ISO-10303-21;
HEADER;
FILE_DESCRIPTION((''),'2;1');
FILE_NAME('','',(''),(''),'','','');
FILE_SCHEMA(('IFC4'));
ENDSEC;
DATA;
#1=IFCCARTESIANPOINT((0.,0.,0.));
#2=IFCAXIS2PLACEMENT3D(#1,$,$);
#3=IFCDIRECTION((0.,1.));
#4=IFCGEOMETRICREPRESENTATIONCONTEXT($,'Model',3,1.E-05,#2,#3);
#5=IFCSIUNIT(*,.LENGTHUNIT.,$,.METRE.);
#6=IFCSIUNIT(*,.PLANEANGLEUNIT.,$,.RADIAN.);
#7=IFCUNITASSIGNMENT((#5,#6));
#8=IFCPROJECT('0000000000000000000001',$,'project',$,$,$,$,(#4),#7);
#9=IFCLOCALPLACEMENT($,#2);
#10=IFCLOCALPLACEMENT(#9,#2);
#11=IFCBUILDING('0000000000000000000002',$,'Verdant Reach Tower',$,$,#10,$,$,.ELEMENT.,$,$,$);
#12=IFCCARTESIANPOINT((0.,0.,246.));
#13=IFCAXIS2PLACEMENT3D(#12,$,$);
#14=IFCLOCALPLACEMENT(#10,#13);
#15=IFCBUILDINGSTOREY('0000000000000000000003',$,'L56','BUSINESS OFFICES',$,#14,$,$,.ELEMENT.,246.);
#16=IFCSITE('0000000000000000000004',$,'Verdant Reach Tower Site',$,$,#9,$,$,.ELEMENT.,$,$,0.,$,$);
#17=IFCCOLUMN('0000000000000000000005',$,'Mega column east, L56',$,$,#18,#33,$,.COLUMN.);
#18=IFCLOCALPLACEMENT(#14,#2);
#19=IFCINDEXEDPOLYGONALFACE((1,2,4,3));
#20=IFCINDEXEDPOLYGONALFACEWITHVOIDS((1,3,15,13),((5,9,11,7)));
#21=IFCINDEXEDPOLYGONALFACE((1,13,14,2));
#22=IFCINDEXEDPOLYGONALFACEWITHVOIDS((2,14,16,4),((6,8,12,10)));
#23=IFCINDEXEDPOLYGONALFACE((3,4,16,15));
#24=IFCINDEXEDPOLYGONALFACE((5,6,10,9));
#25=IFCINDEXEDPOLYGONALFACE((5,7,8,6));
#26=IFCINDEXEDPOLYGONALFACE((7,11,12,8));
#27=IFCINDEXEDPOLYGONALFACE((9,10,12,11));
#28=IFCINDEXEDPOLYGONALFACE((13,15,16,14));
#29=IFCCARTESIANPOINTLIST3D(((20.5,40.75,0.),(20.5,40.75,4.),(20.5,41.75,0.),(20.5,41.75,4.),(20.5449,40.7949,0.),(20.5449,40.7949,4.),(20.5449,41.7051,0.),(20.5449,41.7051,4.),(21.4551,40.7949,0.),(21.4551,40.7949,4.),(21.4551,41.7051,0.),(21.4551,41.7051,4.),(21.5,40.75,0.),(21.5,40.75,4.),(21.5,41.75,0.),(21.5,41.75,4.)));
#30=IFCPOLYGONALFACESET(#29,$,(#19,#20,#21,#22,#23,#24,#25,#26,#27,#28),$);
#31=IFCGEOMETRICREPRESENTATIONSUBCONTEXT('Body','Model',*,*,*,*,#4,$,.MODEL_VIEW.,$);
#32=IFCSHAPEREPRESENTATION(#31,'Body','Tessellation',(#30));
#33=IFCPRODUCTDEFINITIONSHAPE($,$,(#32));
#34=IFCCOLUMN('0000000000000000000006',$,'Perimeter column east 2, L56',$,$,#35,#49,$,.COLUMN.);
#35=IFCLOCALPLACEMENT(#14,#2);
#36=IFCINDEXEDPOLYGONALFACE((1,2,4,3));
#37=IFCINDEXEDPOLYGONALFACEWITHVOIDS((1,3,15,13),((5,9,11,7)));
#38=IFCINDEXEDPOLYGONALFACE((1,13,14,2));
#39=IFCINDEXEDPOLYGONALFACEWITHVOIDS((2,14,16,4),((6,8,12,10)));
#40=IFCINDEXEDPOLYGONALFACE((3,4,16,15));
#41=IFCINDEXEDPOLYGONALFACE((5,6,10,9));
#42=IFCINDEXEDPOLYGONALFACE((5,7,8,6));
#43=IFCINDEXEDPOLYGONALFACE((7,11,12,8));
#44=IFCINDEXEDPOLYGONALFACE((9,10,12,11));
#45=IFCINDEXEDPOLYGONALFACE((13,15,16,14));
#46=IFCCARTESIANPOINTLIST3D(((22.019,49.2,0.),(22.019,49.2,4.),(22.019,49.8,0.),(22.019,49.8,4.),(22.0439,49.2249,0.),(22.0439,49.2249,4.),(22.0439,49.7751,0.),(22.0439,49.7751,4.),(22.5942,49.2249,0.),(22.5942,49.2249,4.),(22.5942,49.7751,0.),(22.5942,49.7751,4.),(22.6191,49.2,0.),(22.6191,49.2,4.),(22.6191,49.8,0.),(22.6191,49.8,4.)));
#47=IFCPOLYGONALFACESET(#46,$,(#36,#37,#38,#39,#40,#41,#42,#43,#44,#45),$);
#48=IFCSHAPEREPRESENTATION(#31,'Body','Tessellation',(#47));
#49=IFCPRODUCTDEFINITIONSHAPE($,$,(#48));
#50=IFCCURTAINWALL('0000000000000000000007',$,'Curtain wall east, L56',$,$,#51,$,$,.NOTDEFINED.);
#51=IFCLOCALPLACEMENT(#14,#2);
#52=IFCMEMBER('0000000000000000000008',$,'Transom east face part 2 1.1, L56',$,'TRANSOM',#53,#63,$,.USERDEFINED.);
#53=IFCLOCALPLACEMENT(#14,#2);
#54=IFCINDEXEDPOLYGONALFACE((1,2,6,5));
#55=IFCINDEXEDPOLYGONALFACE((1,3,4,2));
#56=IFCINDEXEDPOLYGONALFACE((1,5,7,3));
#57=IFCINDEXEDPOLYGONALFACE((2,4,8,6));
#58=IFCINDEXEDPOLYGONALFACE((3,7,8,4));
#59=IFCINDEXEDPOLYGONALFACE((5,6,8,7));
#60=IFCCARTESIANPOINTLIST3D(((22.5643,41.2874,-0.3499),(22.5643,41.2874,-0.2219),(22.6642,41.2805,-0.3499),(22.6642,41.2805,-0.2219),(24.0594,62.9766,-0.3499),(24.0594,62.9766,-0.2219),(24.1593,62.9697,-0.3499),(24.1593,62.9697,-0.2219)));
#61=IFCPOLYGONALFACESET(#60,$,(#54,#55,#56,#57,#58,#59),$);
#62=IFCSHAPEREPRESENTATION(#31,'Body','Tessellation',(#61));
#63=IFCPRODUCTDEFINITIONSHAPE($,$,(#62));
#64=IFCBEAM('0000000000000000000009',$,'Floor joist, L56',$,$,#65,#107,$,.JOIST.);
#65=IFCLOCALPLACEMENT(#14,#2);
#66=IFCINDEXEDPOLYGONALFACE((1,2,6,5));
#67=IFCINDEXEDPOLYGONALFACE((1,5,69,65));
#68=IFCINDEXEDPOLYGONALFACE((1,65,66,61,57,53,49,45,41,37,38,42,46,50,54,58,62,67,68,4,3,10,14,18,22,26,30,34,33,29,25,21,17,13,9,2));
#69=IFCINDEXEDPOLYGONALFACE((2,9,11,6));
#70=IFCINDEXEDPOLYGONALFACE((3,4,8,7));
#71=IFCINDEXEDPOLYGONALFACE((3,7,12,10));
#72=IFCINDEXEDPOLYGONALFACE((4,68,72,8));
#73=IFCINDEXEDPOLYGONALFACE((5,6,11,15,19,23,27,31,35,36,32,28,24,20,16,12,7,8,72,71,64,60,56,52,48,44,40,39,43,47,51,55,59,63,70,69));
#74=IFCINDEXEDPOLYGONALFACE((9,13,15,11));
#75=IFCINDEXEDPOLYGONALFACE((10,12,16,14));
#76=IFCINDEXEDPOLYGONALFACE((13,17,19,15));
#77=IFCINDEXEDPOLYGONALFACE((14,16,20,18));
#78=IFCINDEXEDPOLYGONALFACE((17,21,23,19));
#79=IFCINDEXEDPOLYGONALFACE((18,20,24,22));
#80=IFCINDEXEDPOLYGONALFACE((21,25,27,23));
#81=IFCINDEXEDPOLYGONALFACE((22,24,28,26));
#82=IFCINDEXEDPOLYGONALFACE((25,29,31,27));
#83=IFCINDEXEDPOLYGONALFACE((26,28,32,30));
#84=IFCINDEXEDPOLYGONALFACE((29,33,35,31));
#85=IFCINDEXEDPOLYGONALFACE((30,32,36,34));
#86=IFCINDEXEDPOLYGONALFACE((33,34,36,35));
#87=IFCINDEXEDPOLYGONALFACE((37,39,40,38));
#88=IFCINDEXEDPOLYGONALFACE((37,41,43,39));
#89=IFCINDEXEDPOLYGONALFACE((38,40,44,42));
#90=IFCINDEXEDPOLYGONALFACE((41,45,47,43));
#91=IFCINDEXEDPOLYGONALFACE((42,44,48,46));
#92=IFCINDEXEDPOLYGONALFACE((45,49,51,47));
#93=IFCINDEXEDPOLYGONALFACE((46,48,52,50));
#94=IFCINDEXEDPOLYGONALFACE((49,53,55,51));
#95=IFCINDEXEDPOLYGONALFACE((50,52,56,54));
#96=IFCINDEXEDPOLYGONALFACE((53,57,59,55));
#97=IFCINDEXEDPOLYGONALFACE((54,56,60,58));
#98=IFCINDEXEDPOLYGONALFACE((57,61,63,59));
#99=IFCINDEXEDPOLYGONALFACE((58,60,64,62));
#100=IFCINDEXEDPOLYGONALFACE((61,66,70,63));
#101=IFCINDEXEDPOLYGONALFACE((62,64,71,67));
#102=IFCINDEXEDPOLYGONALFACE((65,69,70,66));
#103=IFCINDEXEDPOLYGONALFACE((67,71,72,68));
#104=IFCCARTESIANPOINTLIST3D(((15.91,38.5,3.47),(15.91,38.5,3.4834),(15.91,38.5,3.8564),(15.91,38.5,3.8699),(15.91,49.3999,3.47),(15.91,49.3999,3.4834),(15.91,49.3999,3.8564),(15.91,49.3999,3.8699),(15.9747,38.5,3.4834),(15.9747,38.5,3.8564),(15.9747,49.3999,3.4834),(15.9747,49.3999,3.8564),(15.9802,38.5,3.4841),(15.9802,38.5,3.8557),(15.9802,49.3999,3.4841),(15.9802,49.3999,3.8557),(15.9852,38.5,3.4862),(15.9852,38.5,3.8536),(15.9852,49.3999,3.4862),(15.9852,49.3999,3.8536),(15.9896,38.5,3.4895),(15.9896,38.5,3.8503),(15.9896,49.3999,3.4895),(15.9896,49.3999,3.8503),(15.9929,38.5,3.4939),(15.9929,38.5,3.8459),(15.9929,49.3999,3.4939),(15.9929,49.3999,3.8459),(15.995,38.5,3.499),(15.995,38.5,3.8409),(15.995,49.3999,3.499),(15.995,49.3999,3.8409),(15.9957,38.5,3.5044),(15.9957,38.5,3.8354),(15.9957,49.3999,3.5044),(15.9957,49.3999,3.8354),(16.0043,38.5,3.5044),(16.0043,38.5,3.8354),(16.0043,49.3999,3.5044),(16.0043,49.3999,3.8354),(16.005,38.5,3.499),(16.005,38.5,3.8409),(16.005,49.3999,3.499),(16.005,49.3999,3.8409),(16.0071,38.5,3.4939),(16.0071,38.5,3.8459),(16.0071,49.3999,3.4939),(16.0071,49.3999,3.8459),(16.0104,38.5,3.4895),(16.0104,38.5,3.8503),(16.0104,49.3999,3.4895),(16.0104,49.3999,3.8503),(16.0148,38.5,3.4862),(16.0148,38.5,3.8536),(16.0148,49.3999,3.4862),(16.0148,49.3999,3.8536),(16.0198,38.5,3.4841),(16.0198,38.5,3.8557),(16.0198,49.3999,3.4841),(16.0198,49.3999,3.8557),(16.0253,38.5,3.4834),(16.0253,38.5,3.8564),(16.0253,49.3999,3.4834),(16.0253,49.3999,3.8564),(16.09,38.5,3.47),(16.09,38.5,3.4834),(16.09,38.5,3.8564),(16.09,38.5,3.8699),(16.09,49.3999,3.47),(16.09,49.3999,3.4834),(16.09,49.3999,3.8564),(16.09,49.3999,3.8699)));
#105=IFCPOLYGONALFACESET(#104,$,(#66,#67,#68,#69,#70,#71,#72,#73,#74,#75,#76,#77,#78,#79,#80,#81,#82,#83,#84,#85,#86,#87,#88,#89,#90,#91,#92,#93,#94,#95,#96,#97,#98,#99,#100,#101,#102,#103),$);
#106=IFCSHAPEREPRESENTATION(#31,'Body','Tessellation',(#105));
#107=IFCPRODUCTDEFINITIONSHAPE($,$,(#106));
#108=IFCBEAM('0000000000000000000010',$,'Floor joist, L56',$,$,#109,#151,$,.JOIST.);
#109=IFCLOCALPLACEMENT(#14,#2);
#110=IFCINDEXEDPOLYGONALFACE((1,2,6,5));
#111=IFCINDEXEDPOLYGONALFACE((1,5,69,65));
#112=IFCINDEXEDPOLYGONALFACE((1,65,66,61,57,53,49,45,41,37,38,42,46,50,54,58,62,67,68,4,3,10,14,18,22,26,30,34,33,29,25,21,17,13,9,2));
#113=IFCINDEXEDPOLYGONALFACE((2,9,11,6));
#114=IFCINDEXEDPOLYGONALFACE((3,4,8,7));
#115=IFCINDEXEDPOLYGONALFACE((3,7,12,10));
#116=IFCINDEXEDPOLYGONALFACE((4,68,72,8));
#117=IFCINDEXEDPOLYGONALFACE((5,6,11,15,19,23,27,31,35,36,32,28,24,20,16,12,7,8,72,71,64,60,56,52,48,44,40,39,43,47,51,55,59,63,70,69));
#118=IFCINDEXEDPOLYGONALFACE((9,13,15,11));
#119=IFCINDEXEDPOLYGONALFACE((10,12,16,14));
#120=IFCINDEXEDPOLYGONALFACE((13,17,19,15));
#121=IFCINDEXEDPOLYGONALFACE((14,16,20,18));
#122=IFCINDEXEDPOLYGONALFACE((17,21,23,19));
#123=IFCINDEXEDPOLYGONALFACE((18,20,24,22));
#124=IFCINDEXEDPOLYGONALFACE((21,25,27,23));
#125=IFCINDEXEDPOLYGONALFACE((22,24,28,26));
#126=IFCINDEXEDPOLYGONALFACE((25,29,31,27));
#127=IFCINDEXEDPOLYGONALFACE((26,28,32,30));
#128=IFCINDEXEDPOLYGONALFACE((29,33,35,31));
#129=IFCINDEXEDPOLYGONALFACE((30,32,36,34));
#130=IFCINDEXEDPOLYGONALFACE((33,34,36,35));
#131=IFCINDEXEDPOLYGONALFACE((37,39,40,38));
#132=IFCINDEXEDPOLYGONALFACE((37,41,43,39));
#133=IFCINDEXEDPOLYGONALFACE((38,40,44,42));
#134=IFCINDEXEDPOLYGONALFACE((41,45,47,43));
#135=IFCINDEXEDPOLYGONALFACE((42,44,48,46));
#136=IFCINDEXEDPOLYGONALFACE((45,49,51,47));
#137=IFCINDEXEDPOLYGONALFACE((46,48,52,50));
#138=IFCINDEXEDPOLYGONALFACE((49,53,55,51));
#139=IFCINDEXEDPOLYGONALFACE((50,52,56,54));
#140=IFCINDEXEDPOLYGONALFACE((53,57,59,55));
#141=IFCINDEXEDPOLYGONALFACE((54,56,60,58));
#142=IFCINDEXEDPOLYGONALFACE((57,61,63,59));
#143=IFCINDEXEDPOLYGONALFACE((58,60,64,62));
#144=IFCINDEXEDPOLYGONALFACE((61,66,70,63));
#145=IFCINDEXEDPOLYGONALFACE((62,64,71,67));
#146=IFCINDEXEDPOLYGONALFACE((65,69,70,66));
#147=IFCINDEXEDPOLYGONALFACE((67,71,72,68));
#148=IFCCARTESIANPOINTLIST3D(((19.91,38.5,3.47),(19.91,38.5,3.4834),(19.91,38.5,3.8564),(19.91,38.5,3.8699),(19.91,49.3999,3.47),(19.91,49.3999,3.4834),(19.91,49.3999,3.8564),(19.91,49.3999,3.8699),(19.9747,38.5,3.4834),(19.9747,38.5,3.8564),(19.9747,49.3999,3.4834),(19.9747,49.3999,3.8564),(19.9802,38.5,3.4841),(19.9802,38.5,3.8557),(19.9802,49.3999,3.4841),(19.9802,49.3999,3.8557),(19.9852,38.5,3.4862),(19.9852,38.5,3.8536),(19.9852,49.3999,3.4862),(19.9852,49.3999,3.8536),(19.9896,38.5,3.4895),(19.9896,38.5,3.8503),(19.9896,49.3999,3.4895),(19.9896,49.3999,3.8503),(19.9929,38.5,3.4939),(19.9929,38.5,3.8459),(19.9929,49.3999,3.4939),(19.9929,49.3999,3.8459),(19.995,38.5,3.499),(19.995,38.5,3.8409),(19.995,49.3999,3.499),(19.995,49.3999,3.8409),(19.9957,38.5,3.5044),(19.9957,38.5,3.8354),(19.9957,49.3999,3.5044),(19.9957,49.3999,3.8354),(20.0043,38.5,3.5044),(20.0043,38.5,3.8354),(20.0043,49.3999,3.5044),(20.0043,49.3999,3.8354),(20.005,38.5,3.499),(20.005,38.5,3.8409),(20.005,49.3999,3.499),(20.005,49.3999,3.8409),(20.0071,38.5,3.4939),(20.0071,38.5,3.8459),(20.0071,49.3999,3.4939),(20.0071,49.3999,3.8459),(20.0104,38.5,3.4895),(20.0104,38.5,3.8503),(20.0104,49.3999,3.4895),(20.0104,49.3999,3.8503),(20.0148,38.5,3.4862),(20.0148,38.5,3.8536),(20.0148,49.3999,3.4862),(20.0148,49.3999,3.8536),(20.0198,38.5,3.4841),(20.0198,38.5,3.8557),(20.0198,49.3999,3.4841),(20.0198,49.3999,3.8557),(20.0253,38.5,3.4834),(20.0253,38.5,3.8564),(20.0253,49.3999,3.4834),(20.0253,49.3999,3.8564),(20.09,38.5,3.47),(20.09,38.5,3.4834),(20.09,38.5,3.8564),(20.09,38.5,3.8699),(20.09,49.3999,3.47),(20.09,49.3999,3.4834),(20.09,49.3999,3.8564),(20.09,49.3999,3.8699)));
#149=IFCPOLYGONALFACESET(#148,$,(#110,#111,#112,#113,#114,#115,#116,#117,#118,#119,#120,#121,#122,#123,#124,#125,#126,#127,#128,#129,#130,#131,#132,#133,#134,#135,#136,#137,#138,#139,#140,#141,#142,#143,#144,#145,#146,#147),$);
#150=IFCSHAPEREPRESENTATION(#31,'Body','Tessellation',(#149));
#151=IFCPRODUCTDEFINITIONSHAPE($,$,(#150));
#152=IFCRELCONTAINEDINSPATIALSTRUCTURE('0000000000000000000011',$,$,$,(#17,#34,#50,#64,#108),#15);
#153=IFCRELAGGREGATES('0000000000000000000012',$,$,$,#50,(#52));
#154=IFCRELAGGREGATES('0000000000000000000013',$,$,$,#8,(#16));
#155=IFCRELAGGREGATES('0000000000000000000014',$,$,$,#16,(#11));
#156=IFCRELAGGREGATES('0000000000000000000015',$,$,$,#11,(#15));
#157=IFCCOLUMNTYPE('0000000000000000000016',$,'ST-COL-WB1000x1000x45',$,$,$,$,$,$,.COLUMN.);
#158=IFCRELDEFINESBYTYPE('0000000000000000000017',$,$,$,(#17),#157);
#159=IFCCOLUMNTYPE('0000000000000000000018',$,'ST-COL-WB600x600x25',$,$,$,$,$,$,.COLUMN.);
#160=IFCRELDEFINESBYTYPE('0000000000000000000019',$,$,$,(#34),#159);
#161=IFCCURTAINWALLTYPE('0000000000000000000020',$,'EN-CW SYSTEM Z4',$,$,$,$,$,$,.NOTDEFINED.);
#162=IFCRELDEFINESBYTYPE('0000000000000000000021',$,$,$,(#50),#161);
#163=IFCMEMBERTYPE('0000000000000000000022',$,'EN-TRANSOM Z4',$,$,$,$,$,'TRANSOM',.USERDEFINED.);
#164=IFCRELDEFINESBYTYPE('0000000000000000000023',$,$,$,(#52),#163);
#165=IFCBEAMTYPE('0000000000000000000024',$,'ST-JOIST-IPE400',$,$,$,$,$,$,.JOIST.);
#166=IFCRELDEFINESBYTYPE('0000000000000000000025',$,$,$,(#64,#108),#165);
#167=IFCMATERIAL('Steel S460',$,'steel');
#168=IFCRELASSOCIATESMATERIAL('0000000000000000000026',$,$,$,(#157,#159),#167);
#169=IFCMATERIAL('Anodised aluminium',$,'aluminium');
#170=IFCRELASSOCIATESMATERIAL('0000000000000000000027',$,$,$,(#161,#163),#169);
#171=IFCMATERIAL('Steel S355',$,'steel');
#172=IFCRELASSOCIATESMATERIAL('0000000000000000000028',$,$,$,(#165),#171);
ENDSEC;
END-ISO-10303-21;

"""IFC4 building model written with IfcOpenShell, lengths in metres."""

from ifc_helpers import new_model, si_unit, direction, frame, origin, origin_2d, place, context, subcontext, project, spatial, rectangle, hollow_rectangle, i_section, extrude, material, material_profile, profile_set, type_object, element, aggregate, save


model = new_model("IFC4")

# Units and contexts
model_context = context("Model", 3, precision=1e-05, world=origin(), true_north=direction((0.0, 1.0)))
body_context = subcontext(model_context, "Body", "Model", "MODEL_VIEW")
ifc_project = project(units=[si_unit("LENGTHUNIT", "METRE"), si_unit("PLANEANGLEUNIT", "RADIAN")], contexts=[model_context])

# Site, building, storey
site_placement = place(None, origin())
site = spatial("IfcSite", under=ifc_project, at=site_placement, Name="Verdant Reach Tower Site", CompositionType="ELEMENT", RefElevation=0.0)
building_placement = place(site_placement, origin())
building = spatial("IfcBuilding", under=site, at=building_placement, Name="Verdant Reach Tower", CompositionType="ELEMENT")
storey_placement = place(building_placement, frame((0.0, 0.0, 246.0)))
storey = spatial("IfcBuildingStorey", under=building, at=storey_placement, Name="L56", Description="BUSINESS OFFICES", CompositionType="ELEMENT", Elevation=246.0)

# Columns
ifc_material_1 = material(Name="Steel S460", Category="steel")
ifc_material_profile_1 = material_profile(ifc_material_1, hollow_rectangle(XDim=1.0, YDim=1.0, WallThickness=0.0449, at=origin_2d()), Name="WB 1000x1000x45")
ifc_profile_set_1 = profile_set([ifc_material_profile_1], Name="Steel S460")
column_type_1 = type_object("IfcColumnType", Name="ST-COL-WB1000x1000x45", PredefinedType="COLUMN", material=ifc_profile_set_1)
column_1_placement = place(storey_placement, frame((21.0, 41.25, 0.0), z_axis=(0.0, 0.0, 1.0), x_axis=(1.0, 0.0, 0.0)))
element("IfcColumn", 1, at=column_1_placement, inside=storey, type_object=column_type_1, Name="Mega column east, L56", PredefinedType="COLUMN", context=body_context, shape_type="SweptSolid", body=[
    extrude(hollow_rectangle(XDim=1.0, YDim=1.0, WallThickness=0.0449, at=origin_2d()), origin(), (0.0, 0.0, 1.0), 4.0),
])
ifc_material_profile_2 = material_profile(ifc_material_1, hollow_rectangle(XDim=0.6001, YDim=0.6001, WallThickness=0.0249, at=origin_2d()), Name="WB 600x600x25")
ifc_profile_set_2 = profile_set([ifc_material_profile_2], Name="Steel S460")
column_type_2 = type_object("IfcColumnType", Name="ST-COL-WB600x600x25", PredefinedType="COLUMN", material=ifc_profile_set_2)
column_2_placement = place(storey_placement, frame((22.3191, 49.5, 0.0), z_axis=(0.0, 0.0, 1.0), x_axis=(1.0, 0.0, 0.0)))
element("IfcColumn", 2, at=column_2_placement, inside=storey, type_object=column_type_2, Name="Perimeter column east 2, L56", PredefinedType="COLUMN", context=body_context, shape_type="SweptSolid", body=[
    extrude(hollow_rectangle(XDim=0.6001, YDim=0.6001, WallThickness=0.0249, at=origin_2d()), origin(), (0.0, 0.0, 1.0), 4.0),
])

# Curtain wall, member
ifc_material_2 = material(Name="Anodised aluminium", Category="aluminium")
curtain_wall_type = type_object("IfcCurtainWallType", Name="EN-CW SYSTEM Z4", PredefinedType="NOTDEFINED", material=ifc_material_2)
curtain_wall_placement = place(storey_placement, origin())
curtain_wall = element("IfcCurtainWall", 3, at=curtain_wall_placement, inside=storey, type_object=curtain_wall_type, Name="Curtain wall east, L56", PredefinedType="NOTDEFINED")
ifc_material_profile_3 = material_profile(ifc_material_2, rectangle(XDim=0.1001, YDim=0.1279, at=origin_2d()), Name="Transom 128x100")
ifc_profile_set_3 = profile_set([ifc_material_profile_3], Name="Anodised aluminium")
member_type = type_object("IfcMemberType", Name="EN-TRANSOM Z4", ElementType="TRANSOM", PredefinedType="USERDEFINED", material=ifc_profile_set_3)
member_placement = place(storey_placement, frame((22.6143, 41.2839, -0.2859), z_axis=(0.06877, 0.997633, 0.0), x_axis=(-0.997633, 0.06877, 0.0)))
member = element("IfcMember", 4, at=member_placement, type_object=member_type, Name="Transom east face part 2 1.1, L56", ObjectType="TRANSOM", PredefinedType="USERDEFINED", context=body_context, shape_type="SweptSolid", body=[
    extrude(rectangle(XDim=0.1001, YDim=0.1279, at=origin_2d()), origin(), (0.0, 0.0, 1.0), 21.7407),
])

# Beams
ifc_material_3 = material(Name="Steel S355", Category="steel")
ifc_material_profile_4 = material_profile(ifc_material_3, i_section(OverallWidth=0.1799, OverallDepth=0.3999, WebThickness=0.0085, FlangeThickness=0.0134, FilletRadius=0.021, at=origin_2d()), Name="IPE 400")
ifc_profile_set_4 = profile_set([ifc_material_profile_4], Name="Steel S355")
beam_type_1 = type_object("IfcBeamType", Name="ST-JOIST-IPE400", PredefinedType="JOIST", material=ifc_profile_set_4)
for number, where, z_axis, x_axis, name in (
    (5, (16.0, 38.5, 3.6699), (0.0, 1.0, 0.0), (-1.0, 0.0, 0.0), "Floor joist, L56"),
    (6, (20.0, 38.5, 3.6699), (0.0, 1.0, 0.0), (-1.0, 0.0, 0.0), "Floor joist, L56"),
):
    element("IfcBeam", number, at=place(storey_placement, frame(where, z_axis=z_axis, x_axis=x_axis)), inside=storey, type_object=beam_type_1, Name=name, PredefinedType="JOIST", context=body_context, shape_type="SweptSolid", body=[
        extrude(i_section(OverallWidth=0.1799, OverallDepth=0.3999, WebThickness=0.0085, FlangeThickness=0.0134, FilletRadius=0.021, at=origin_2d()), origin(), (0.0, 0.0, 1.0), 10.8999),
    ])

aggregate(curtain_wall, [member])

save(model, "model.ifc")
